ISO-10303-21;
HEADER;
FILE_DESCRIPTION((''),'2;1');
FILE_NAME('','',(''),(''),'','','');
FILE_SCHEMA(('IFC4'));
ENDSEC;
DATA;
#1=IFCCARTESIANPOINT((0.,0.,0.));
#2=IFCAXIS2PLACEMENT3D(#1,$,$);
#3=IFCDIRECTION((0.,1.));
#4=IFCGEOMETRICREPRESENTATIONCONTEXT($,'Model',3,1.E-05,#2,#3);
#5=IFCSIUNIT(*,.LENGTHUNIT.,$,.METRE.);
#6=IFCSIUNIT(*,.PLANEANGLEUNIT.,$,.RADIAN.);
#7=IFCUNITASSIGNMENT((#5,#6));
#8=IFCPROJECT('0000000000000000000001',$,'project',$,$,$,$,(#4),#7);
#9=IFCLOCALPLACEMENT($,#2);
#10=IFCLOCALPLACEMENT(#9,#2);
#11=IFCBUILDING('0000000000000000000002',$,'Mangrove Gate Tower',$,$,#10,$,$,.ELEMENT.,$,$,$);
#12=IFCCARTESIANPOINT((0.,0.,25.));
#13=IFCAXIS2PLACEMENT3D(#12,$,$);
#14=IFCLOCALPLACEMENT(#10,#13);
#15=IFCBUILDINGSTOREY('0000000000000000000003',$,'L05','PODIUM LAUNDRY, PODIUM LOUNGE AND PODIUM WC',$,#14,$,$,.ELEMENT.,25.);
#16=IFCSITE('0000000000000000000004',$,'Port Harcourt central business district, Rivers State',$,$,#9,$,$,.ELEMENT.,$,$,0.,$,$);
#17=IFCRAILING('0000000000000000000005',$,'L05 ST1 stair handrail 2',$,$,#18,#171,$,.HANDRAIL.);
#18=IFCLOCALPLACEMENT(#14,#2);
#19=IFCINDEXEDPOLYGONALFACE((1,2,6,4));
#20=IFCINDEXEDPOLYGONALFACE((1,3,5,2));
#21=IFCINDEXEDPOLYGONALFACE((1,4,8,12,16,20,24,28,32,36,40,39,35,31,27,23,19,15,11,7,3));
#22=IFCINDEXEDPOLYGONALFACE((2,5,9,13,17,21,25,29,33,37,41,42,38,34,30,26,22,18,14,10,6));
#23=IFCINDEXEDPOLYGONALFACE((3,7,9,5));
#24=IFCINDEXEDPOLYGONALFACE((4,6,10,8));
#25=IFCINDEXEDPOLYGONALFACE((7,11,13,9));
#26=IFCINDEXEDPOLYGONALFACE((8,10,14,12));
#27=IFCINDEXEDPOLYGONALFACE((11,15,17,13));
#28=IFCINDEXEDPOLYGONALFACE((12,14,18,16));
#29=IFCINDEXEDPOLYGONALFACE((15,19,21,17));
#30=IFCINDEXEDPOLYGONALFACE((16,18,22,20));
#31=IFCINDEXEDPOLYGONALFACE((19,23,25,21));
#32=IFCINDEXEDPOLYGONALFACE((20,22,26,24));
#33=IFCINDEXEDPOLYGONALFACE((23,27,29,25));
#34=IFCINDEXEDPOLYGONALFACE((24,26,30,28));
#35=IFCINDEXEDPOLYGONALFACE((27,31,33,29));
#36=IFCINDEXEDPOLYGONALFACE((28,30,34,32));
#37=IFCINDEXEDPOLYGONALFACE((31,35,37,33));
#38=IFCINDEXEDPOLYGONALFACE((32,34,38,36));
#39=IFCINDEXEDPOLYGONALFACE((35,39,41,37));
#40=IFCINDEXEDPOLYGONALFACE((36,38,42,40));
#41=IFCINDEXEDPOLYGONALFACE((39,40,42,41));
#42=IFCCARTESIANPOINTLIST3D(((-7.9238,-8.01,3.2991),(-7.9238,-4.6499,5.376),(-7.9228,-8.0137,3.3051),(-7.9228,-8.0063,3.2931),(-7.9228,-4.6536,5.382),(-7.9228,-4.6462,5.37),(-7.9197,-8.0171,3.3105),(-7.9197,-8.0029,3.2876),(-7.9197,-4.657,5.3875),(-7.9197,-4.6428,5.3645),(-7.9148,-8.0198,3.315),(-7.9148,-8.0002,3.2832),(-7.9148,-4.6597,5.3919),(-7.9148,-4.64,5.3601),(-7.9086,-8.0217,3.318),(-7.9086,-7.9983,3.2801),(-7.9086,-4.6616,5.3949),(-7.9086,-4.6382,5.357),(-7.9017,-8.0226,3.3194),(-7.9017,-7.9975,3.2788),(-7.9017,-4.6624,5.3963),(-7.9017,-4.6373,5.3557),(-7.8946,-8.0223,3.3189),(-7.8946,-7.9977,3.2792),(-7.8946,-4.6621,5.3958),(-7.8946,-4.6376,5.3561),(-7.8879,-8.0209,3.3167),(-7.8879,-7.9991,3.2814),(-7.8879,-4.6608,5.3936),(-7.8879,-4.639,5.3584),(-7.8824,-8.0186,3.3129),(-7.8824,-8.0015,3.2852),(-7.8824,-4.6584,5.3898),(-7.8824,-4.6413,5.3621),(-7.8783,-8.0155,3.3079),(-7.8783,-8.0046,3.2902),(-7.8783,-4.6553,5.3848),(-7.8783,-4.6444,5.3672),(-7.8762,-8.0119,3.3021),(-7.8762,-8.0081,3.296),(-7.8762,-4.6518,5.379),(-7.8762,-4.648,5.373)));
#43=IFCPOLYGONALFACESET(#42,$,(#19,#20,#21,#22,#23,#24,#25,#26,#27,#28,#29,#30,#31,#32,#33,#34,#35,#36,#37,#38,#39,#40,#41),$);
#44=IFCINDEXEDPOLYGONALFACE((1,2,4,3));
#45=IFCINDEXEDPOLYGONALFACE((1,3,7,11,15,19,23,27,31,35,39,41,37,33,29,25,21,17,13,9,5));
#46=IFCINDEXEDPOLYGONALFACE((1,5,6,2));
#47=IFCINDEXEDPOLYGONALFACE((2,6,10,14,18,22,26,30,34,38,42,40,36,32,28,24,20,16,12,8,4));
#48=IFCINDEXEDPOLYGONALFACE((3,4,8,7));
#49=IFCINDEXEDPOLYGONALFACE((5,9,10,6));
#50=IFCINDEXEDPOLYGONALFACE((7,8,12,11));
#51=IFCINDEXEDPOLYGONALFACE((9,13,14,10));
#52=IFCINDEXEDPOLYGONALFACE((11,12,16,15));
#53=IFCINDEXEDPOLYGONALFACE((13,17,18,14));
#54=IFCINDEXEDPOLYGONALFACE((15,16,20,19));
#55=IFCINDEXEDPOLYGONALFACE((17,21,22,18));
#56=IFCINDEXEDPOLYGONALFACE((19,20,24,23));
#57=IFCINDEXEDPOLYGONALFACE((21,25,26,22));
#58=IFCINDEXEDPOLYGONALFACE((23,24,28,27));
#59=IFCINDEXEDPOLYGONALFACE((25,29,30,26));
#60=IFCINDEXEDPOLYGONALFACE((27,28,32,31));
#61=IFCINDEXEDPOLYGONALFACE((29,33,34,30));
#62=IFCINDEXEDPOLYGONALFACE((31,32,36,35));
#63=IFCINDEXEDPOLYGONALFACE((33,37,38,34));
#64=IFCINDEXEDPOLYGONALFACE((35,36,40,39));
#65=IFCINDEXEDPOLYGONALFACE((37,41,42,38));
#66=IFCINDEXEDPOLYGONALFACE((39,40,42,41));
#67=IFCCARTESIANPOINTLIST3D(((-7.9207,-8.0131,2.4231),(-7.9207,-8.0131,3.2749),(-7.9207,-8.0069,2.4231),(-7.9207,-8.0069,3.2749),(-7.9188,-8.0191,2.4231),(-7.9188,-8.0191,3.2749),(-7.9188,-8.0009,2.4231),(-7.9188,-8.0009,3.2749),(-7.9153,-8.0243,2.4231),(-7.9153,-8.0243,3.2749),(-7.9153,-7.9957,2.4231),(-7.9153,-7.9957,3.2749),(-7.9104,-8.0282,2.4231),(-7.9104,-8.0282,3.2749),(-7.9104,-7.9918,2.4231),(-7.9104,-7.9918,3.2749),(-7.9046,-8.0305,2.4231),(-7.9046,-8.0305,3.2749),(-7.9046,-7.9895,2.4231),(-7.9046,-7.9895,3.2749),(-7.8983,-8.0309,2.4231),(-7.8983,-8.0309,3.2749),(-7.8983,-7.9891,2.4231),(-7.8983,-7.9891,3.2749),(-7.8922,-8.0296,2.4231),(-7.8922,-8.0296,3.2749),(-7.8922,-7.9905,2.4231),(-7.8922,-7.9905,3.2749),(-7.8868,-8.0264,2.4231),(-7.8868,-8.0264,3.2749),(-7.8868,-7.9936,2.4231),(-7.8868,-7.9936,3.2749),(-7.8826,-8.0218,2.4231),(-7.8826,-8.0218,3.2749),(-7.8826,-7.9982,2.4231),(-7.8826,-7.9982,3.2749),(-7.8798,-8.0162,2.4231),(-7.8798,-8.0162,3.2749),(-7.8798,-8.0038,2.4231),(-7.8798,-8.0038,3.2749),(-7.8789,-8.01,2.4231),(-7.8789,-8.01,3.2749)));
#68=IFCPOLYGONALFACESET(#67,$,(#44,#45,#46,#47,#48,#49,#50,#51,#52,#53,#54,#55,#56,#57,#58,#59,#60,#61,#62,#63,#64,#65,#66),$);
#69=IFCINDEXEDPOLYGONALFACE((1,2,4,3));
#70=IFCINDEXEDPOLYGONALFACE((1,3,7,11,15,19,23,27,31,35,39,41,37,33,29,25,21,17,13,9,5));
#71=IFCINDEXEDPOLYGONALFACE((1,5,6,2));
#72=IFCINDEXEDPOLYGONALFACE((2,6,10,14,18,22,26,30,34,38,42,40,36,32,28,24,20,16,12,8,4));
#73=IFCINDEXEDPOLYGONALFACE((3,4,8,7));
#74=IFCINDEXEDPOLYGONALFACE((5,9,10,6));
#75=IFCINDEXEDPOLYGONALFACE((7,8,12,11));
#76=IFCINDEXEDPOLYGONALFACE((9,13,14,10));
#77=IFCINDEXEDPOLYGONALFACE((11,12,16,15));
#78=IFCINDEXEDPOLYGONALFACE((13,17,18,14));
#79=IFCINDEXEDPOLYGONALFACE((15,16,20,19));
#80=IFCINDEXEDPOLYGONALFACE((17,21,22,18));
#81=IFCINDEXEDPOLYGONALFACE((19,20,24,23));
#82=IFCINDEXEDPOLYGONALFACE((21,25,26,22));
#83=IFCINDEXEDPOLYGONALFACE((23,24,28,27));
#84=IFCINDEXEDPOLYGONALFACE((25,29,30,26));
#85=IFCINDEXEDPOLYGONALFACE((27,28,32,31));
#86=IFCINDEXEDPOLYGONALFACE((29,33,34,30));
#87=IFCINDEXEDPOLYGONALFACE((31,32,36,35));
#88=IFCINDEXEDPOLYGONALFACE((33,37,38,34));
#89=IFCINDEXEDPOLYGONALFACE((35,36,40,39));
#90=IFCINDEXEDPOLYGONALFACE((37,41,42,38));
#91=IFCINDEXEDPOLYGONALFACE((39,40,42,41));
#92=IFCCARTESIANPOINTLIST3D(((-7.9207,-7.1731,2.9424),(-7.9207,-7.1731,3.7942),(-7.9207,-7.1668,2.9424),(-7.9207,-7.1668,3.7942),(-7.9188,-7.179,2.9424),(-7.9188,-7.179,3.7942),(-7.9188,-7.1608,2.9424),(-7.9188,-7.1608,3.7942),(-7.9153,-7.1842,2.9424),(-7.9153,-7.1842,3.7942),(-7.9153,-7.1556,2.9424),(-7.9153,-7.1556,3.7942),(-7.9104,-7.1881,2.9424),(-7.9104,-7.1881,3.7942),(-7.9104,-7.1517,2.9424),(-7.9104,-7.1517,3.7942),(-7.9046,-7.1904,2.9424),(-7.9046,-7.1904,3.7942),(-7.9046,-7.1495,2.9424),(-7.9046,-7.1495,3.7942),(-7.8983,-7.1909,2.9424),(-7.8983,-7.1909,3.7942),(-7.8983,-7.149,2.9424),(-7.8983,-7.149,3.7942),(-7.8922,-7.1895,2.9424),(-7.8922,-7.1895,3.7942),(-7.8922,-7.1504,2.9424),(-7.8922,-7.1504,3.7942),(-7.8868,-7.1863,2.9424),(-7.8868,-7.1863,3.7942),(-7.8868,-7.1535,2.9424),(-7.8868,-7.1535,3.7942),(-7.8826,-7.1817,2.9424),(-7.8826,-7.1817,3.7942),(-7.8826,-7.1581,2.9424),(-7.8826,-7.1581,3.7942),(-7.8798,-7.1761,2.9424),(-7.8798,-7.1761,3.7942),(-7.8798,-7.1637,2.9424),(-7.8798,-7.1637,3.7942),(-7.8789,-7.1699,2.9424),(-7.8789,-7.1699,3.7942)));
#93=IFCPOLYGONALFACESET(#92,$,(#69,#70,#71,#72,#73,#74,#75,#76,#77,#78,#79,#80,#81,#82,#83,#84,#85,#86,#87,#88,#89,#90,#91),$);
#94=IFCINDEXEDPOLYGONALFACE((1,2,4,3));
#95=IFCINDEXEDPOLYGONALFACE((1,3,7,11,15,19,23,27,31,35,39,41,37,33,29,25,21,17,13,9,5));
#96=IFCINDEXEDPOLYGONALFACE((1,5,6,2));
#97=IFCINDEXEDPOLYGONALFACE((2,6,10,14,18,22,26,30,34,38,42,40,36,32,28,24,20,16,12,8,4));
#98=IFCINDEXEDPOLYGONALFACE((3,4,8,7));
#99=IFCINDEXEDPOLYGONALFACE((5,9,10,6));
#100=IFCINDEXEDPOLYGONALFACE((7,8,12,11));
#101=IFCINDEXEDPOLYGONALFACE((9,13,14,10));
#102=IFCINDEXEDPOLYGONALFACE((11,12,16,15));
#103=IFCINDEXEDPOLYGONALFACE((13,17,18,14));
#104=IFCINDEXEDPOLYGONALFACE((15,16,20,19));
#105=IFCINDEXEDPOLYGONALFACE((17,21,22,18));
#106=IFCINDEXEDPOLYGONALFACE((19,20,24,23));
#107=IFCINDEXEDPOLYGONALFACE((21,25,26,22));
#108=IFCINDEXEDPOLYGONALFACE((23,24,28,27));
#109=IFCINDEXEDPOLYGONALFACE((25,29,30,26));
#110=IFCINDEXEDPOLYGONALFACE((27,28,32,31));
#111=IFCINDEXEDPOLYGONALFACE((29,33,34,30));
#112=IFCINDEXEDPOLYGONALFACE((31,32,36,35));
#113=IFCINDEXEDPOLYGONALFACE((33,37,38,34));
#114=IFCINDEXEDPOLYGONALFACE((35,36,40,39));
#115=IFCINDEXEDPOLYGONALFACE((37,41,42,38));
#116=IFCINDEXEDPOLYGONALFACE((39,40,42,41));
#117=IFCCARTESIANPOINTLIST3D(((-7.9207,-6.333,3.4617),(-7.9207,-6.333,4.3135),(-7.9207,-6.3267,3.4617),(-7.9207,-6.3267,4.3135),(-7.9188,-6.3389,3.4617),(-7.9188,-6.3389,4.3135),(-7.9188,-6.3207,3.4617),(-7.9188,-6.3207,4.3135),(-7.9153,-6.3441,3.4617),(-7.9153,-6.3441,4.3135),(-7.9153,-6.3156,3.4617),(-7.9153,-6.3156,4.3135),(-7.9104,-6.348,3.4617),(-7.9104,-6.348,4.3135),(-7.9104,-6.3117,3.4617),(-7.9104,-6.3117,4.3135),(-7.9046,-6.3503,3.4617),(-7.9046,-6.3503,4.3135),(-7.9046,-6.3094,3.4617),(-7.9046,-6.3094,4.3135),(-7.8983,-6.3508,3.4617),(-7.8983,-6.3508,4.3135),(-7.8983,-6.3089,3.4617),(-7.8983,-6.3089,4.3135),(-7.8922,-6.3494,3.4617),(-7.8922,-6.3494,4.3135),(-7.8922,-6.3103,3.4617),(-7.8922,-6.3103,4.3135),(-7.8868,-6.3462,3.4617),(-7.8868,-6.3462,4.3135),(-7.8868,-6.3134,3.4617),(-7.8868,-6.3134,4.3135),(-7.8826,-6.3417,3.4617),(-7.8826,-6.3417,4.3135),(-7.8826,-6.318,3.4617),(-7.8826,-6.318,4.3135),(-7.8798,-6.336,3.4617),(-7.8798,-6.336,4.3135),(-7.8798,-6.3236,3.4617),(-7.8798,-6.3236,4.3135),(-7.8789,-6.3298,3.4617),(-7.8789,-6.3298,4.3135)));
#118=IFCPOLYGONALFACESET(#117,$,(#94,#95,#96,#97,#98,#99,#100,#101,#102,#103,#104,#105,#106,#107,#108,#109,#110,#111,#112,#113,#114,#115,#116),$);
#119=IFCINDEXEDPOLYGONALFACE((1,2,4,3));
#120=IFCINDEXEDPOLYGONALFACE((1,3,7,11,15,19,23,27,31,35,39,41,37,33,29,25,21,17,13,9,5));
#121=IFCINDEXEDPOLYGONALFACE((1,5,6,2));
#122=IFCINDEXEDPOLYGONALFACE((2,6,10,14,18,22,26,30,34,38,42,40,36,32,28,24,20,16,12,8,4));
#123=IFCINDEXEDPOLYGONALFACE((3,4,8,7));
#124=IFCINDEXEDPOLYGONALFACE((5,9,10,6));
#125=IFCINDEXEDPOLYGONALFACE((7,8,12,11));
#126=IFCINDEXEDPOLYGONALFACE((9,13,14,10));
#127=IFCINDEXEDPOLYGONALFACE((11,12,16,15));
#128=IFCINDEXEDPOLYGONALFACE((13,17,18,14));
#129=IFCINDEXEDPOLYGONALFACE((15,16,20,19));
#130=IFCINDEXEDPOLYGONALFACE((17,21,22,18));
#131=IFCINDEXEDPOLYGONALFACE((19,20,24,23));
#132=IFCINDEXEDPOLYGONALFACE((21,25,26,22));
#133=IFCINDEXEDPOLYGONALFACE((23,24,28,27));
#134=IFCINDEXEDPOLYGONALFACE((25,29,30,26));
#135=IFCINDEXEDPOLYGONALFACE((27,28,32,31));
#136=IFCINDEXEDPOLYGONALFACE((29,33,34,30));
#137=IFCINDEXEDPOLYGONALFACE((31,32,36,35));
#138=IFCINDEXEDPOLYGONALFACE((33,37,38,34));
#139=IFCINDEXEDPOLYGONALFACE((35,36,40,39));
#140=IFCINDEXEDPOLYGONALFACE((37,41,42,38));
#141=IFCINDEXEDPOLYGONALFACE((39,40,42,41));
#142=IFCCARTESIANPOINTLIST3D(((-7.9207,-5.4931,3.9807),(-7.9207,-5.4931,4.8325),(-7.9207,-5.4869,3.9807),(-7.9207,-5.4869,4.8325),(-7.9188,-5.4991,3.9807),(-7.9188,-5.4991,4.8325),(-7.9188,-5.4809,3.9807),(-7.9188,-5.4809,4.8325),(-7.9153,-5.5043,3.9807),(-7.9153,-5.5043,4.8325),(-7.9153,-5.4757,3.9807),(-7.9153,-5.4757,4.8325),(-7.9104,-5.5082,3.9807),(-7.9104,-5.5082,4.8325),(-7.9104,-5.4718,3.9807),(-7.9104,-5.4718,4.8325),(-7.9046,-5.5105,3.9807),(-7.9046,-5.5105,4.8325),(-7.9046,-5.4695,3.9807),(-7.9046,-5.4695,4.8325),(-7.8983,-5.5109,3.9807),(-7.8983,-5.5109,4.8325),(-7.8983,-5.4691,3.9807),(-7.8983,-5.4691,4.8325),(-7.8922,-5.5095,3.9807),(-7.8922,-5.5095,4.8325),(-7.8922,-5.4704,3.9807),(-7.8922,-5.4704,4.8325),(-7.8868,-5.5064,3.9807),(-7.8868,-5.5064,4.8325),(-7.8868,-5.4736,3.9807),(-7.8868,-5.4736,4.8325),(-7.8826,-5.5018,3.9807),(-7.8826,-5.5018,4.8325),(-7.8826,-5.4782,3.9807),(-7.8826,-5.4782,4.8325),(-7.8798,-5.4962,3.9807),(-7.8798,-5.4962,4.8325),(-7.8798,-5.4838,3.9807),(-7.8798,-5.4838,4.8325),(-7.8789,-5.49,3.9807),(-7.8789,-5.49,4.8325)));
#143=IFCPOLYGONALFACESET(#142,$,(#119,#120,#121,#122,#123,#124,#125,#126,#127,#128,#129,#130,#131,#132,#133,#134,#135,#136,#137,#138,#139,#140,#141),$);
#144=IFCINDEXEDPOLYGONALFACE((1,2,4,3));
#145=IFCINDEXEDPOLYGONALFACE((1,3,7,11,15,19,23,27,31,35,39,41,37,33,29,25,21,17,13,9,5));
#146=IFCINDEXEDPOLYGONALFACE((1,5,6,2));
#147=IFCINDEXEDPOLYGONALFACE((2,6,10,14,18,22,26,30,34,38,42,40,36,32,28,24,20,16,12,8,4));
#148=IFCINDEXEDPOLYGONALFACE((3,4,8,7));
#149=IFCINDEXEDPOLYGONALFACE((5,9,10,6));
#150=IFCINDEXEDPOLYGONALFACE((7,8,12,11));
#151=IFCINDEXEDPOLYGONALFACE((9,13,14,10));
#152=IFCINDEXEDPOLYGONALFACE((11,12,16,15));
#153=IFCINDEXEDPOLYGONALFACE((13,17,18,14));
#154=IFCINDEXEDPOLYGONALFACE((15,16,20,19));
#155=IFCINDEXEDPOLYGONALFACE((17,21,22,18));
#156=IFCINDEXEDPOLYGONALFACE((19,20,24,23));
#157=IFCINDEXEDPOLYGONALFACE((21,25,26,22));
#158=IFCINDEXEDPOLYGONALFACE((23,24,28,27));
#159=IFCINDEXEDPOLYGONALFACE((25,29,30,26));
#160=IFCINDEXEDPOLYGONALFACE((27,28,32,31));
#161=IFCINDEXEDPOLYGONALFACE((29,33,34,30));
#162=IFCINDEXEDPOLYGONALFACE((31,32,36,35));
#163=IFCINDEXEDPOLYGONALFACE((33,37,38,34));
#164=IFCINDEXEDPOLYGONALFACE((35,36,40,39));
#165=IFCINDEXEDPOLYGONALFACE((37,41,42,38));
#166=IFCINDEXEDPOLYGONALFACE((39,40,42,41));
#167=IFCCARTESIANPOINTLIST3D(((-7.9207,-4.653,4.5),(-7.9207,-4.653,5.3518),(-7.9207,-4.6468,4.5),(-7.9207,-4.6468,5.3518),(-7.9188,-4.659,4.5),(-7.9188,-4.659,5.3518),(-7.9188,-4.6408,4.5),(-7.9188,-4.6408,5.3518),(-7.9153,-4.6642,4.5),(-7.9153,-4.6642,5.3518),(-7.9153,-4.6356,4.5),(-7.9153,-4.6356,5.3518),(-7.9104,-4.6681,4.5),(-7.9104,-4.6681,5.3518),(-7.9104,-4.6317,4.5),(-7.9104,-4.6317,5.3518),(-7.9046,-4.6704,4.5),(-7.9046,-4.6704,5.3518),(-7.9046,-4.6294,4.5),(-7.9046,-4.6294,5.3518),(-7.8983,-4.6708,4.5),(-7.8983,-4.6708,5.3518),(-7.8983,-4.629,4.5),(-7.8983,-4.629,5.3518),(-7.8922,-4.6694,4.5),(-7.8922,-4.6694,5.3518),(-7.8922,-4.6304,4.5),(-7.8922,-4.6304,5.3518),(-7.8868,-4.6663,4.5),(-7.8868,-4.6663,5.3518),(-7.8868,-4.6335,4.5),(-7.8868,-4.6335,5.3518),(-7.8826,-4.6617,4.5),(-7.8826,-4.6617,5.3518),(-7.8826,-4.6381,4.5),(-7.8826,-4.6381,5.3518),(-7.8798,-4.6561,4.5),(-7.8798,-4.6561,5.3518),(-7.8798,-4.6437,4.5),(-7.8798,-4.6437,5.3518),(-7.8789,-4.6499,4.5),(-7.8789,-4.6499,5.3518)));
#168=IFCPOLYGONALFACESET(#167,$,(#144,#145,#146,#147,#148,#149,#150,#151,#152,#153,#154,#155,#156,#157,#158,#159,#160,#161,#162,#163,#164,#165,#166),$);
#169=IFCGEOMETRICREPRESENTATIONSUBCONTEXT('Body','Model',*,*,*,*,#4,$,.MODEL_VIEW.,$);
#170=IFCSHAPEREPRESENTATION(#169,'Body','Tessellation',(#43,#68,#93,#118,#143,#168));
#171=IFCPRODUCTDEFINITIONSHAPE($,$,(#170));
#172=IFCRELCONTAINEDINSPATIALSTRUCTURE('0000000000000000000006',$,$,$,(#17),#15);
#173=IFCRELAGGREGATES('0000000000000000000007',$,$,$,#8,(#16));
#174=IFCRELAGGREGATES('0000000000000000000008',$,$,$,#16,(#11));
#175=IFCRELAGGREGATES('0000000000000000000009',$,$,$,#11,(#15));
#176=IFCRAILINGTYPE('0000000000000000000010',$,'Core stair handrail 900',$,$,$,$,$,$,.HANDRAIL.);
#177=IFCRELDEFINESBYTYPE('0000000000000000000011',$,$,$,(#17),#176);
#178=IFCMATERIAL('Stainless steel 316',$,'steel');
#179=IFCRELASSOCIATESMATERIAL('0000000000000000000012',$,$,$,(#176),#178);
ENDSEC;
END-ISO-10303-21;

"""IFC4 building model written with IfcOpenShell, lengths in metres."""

from ifc_helpers import new_model, si_unit, direction, frame, origin, origin_2d, place, context, subcontext, project, spatial, circle, extrude, material, type_object, element, save


model = new_model("IFC4")

# Units and contexts
model_context = context("Model", 3, precision=1e-05, world=origin(), true_north=direction((0.0, 1.0)))
body_context = subcontext(model_context, "Body", "Model", "MODEL_VIEW")
ifc_project = project(units=[si_unit("LENGTHUNIT", "METRE"), si_unit("PLANEANGLEUNIT", "RADIAN")], contexts=[model_context])

# Site, building, storey
site_placement = place(None, origin())
site = spatial("IfcSite", under=ifc_project, at=site_placement, Name="Port Harcourt central business district, Rivers State", CompositionType="ELEMENT", RefElevation=0.0)
building_placement = place(site_placement, origin())
building = spatial("IfcBuilding", under=site, at=building_placement, Name="Mangrove Gate Tower", CompositionType="ELEMENT")
storey_placement = place(building_placement, frame((0.0, 0.0, 25.0)))
storey = spatial("IfcBuildingStorey", under=building, at=storey_placement, Name="L05", Description="PODIUM LAUNDRY, PODIUM LOUNGE AND PODIUM WC", CompositionType="ELEMENT", Elevation=25.0)

# Railing
ifc_material_1 = material(Name="Stainless steel 316", Category="steel")
railing_type_1 = type_object("IfcRailingType", Name="Core stair handrail 900", PredefinedType="HANDRAIL", material=ifc_material_1)
railing_1_placement = place(storey_placement, frame((-7.8999, -8.01, 2.4231)))
element("IfcRailing", 1, at=railing_1_placement, inside=storey, type_object=railing_type_1, Name="L05 ST1 stair handrail 2", PredefinedType="HANDRAIL", context=body_context, shape_type="SweptSolid", body=[
    extrude(circle(Radius=0.0239, at=origin_2d()), frame((0.0, 0.0, 0.876), z_axis=(0.0, 0.850623, 0.525776), x_axis=(-1.0, 0.0, 0.0)), (0.0, 0.0, 1.0), 3.9502),
    extrude(circle(Radius=0.021, at=origin_2d()), origin(), (0.0, 0.0, 1.0), 0.8518),
    extrude(circle(Radius=0.021, at=origin_2d()), frame((0.0, 0.8401, 0.5193)), (0.0, 0.0, 1.0), 0.8518),
    extrude(circle(Radius=0.021, at=origin_2d()), frame((0.0, 1.6802, 1.0386)), (0.0, 0.0, 1.0), 0.8518),
    extrude(circle(Radius=0.021, at=origin_2d()), frame((0.0, 2.52, 1.5576)), (0.0, 0.0, 1.0), 0.8518),
    extrude(circle(Radius=0.021, at=origin_2d()), frame((0.0, 3.3601, 2.0769)), (0.0, 0.0, 1.0), 0.8518),
])

save(model, "model.ifc")
